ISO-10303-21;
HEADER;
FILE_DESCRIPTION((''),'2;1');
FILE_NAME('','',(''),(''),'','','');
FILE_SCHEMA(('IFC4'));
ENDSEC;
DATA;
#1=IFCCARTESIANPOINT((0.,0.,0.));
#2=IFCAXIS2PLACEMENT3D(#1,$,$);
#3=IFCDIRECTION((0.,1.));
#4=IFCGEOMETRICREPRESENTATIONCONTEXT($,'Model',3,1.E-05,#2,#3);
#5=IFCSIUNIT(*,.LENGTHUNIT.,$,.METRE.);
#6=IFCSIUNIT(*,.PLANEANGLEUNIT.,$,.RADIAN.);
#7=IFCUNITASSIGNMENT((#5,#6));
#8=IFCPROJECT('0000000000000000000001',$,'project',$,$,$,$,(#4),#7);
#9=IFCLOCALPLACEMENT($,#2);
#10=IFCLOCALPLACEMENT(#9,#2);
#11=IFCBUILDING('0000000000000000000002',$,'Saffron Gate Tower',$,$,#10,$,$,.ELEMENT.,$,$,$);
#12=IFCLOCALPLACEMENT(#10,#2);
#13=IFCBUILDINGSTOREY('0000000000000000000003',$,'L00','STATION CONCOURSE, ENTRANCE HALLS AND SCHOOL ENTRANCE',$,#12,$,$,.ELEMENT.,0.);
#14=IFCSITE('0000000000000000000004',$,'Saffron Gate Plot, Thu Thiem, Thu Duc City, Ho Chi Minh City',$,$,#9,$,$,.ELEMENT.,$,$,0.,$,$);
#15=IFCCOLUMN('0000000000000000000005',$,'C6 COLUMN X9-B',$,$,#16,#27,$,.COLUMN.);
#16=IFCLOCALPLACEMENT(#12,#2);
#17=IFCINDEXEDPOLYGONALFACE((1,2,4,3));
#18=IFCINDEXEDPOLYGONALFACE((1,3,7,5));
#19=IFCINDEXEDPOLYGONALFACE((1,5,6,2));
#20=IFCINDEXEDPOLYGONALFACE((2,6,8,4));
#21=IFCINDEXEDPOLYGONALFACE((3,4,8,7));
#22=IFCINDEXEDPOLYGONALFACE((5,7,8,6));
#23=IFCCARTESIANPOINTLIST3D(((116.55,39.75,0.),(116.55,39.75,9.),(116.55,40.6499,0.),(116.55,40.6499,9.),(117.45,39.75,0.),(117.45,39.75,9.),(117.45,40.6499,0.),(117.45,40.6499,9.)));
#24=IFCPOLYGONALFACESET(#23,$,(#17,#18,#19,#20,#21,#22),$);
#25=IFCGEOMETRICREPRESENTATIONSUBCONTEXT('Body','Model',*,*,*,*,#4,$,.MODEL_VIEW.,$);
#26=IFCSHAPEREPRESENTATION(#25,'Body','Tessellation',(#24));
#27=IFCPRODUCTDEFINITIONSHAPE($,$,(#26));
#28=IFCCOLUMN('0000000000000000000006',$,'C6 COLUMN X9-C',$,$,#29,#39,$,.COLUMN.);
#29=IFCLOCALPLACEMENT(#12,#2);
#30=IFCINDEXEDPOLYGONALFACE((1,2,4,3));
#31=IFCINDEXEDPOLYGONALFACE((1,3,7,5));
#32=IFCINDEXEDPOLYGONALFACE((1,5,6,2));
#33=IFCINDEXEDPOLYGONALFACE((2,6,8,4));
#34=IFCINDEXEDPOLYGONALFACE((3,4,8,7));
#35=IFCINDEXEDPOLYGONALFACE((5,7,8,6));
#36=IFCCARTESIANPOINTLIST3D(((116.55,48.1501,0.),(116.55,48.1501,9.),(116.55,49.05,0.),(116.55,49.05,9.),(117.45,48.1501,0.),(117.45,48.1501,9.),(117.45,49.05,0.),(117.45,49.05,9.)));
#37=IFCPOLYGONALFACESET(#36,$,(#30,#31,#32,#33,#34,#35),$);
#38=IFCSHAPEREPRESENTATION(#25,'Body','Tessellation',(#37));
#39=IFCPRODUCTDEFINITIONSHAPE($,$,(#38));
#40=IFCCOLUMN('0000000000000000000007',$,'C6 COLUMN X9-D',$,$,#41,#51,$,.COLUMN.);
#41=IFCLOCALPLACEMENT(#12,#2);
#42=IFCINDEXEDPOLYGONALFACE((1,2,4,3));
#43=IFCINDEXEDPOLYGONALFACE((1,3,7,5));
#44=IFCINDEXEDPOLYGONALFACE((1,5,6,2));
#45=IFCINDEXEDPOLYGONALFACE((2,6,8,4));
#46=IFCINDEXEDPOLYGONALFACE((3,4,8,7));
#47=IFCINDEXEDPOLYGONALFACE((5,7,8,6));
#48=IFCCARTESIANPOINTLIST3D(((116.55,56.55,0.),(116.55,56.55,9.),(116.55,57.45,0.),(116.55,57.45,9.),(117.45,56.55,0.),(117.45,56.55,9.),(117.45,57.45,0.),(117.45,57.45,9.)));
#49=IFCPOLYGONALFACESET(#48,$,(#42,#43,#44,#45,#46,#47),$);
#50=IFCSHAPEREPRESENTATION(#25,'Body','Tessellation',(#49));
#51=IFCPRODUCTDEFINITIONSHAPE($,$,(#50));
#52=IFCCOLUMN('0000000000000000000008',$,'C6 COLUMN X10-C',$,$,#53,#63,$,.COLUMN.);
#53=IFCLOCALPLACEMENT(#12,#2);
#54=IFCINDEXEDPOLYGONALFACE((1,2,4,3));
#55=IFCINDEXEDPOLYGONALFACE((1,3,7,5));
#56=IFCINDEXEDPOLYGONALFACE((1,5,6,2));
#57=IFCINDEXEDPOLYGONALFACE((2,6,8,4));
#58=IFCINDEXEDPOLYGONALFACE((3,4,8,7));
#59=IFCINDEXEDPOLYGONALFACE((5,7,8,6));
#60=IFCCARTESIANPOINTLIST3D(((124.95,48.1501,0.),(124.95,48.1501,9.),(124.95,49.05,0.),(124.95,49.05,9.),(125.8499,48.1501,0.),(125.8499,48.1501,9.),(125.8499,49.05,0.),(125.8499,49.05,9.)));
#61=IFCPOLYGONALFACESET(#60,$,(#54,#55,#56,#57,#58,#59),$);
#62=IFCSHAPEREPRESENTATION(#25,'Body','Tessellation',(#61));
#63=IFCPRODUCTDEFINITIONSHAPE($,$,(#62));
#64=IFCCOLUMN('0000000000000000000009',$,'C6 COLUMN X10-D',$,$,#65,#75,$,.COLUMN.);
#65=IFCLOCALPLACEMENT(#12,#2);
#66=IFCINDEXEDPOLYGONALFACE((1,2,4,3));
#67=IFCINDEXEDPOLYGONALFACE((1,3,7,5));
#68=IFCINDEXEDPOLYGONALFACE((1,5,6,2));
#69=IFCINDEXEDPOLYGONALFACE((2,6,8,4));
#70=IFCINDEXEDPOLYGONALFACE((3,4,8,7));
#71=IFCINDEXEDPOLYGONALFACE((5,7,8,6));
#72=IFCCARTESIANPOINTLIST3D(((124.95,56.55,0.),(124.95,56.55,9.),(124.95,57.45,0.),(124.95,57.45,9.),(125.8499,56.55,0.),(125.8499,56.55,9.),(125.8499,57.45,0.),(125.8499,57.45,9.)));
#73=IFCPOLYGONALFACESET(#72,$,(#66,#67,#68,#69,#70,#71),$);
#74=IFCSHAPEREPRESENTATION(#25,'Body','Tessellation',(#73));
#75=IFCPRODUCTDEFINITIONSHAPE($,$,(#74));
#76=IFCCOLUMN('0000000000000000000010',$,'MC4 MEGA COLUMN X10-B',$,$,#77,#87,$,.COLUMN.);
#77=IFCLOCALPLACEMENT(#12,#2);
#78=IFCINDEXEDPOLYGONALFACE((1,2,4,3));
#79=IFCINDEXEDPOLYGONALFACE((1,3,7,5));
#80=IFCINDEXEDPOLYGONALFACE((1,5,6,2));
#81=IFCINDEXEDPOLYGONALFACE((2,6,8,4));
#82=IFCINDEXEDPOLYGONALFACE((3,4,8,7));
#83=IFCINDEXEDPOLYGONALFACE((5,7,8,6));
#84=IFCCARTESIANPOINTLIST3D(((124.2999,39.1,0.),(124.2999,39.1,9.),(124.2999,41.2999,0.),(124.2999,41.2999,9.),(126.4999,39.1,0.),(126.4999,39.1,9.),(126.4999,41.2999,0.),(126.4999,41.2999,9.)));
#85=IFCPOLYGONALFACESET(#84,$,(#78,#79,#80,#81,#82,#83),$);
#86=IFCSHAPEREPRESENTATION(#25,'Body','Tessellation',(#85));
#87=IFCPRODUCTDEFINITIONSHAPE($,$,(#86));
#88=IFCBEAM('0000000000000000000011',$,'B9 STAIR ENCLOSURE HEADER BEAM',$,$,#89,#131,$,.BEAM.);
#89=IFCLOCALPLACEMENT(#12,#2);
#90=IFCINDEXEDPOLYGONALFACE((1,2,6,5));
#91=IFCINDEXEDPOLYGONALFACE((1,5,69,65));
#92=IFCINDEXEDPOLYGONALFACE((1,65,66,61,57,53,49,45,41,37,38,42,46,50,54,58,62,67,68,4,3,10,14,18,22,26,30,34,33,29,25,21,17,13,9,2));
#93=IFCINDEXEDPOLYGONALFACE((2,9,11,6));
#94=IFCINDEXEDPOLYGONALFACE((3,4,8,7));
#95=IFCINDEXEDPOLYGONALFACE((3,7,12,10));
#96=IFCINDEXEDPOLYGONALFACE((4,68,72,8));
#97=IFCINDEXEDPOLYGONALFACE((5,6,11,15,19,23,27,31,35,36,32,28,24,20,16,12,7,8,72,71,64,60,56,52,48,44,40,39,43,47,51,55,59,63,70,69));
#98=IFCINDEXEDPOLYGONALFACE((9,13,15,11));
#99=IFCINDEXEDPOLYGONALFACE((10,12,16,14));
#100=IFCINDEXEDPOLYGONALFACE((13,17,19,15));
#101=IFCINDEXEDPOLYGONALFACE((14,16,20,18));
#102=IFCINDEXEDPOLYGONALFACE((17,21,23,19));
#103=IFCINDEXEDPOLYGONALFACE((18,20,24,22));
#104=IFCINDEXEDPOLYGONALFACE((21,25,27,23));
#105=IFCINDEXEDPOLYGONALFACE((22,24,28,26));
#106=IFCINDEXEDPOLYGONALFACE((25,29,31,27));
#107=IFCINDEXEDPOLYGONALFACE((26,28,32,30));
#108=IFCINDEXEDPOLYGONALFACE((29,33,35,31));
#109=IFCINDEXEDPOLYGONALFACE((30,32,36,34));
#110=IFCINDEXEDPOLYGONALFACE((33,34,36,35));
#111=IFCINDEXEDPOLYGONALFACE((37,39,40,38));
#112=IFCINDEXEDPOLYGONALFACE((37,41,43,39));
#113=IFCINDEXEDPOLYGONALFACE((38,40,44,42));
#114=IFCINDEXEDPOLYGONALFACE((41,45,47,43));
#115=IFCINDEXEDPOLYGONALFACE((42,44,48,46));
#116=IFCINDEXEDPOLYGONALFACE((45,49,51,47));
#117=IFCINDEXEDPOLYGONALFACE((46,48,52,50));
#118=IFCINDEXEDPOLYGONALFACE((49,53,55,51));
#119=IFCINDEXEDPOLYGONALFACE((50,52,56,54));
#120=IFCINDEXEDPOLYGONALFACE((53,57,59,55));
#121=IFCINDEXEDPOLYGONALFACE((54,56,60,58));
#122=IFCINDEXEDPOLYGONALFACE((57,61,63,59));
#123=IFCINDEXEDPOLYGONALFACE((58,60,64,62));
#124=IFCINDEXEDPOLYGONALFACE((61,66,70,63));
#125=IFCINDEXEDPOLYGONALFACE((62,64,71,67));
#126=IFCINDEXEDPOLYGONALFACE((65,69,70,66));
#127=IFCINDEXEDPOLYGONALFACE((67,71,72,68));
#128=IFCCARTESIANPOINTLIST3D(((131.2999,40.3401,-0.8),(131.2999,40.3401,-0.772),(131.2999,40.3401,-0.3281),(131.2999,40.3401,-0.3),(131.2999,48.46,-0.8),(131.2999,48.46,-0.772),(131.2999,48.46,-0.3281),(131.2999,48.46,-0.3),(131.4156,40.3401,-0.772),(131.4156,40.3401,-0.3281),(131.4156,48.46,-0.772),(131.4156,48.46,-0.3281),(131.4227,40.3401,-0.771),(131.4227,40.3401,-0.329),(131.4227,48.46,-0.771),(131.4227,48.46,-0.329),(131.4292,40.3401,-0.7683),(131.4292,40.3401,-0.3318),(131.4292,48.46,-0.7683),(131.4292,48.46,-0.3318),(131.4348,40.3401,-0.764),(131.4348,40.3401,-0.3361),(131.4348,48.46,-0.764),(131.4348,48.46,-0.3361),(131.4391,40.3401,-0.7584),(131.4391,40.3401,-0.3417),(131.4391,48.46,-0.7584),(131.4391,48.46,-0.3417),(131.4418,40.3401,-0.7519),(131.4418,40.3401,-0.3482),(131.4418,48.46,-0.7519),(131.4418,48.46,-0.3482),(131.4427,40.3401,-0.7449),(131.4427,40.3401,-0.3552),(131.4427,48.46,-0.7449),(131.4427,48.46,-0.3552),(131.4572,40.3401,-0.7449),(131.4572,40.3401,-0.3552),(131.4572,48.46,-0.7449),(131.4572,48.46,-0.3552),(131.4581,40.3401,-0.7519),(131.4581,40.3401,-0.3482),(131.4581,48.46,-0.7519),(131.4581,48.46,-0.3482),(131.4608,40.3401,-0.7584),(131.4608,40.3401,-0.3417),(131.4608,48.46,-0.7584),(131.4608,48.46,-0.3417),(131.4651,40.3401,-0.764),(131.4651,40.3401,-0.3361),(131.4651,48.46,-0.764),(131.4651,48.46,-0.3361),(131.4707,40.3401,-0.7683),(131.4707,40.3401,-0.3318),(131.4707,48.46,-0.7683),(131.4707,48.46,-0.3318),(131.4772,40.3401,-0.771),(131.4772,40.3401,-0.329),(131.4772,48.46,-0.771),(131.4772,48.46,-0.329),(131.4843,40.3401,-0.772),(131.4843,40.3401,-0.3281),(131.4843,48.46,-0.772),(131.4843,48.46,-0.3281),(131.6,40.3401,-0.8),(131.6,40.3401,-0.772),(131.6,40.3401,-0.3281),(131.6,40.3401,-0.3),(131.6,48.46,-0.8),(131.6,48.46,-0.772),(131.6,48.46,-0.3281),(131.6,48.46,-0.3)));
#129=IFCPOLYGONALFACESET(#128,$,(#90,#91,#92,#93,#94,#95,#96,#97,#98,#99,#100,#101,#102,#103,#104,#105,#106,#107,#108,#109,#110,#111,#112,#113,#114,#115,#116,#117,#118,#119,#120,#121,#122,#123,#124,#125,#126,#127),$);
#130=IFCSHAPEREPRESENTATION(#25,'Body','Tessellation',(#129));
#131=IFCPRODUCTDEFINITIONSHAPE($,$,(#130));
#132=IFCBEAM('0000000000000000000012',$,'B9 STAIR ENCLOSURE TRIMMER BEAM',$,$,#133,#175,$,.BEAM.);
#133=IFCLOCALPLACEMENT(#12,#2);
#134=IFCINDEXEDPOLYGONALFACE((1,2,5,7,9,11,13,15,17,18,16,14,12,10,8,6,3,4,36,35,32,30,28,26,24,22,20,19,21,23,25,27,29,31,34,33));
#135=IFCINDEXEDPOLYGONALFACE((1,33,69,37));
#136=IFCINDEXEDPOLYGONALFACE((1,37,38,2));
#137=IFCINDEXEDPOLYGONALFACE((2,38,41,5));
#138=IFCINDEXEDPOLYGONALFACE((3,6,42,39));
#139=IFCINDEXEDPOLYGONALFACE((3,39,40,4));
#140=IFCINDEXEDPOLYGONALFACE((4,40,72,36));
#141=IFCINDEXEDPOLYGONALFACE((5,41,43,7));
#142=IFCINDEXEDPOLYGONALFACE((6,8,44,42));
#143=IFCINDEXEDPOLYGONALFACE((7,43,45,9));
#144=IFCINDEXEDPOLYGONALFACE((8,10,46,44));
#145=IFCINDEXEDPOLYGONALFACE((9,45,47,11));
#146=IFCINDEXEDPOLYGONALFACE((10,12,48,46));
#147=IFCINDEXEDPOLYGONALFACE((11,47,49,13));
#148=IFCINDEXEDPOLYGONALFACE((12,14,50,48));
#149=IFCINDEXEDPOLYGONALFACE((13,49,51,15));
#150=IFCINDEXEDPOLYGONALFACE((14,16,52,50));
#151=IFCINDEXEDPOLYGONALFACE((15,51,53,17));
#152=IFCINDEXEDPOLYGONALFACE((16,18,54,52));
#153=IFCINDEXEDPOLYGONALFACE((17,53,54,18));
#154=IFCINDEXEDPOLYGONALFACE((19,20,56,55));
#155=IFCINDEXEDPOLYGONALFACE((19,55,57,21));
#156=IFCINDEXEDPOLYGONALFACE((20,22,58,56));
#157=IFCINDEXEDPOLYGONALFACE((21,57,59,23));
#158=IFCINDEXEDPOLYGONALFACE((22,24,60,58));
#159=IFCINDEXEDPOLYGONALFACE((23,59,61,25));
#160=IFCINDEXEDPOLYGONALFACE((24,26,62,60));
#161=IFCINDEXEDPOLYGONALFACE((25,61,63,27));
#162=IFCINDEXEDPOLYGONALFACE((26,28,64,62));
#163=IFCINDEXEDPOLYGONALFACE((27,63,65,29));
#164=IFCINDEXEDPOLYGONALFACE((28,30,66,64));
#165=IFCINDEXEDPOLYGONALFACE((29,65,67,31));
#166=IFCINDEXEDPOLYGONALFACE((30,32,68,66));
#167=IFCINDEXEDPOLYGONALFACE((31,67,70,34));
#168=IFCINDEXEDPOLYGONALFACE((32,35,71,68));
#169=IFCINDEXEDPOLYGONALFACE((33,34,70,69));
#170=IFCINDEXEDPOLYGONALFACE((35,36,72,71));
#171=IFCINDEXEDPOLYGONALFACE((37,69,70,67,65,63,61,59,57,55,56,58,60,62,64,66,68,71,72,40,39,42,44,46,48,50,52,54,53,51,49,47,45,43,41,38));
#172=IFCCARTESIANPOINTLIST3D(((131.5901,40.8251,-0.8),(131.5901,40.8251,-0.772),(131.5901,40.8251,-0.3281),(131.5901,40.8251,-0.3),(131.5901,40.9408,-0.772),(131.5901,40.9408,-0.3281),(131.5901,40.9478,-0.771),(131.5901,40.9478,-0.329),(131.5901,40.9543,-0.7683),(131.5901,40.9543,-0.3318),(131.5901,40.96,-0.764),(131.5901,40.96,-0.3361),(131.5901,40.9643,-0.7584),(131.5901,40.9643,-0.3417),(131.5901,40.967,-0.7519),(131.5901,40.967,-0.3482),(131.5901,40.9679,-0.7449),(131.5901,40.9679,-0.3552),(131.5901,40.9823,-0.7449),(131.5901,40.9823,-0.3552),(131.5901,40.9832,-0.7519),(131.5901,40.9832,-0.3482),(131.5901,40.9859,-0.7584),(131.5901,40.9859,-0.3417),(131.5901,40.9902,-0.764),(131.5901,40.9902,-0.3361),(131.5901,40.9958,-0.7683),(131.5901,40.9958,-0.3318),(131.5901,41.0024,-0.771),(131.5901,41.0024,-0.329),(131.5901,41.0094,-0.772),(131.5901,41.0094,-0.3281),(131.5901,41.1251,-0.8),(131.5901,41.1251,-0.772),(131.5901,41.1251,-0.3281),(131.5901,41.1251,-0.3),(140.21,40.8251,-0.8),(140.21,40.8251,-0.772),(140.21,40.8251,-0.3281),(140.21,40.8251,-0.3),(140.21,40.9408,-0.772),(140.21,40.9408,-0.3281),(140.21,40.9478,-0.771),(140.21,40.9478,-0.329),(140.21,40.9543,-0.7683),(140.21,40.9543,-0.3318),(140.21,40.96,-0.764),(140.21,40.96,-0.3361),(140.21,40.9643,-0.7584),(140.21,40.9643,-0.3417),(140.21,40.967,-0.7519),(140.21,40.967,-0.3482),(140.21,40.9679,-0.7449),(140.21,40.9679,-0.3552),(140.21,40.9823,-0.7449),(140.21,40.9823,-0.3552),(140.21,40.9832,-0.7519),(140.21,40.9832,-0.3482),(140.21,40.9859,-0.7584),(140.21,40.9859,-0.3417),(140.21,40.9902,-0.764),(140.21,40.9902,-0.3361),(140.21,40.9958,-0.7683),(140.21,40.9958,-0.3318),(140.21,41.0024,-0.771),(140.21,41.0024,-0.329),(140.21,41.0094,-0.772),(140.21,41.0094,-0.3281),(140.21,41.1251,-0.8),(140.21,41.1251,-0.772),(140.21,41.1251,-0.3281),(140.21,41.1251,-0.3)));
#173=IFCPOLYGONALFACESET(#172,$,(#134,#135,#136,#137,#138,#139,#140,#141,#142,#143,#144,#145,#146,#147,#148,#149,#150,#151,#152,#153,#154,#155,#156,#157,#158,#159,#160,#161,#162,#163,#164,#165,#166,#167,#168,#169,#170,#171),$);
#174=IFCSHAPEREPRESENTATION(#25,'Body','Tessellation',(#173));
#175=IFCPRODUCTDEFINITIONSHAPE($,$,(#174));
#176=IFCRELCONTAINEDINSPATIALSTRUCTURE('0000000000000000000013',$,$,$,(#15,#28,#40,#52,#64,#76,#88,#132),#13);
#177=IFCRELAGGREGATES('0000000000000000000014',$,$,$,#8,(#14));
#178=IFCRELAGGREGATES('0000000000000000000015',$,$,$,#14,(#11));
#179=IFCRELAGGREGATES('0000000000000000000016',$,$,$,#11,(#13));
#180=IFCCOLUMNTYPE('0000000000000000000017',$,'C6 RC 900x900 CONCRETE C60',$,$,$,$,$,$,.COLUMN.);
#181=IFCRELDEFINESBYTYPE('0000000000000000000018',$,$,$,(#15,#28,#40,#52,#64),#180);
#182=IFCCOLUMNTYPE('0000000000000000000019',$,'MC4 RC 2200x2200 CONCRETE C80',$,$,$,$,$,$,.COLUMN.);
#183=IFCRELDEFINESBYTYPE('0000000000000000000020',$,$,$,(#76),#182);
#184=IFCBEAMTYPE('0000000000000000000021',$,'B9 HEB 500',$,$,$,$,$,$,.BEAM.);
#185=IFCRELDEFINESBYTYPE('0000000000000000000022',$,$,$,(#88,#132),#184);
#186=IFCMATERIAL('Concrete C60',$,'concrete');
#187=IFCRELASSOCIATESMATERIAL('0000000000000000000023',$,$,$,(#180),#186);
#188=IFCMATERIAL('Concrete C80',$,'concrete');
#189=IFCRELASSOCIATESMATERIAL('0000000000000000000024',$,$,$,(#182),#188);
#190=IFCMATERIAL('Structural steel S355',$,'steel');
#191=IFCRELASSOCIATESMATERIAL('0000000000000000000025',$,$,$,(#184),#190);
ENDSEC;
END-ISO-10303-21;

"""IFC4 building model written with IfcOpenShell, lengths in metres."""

from ifc_helpers import new_model, si_unit, direction, frame, origin, origin_2d, place, context, subcontext, project, spatial, rectangle, i_section, extrude, material, material_profile, profile_set, type_object, element, save


model = new_model("IFC4")

# Units and contexts
model_context = context("Model", 3, precision=1e-05, world=origin(), true_north=direction((0.0, 1.0)))
body_context = subcontext(model_context, "Body", "Model", "MODEL_VIEW")
ifc_project = project(units=[si_unit("LENGTHUNIT", "METRE"), si_unit("PLANEANGLEUNIT", "RADIAN")], contexts=[model_context])

# Site, building, storey
site_placement = place(None, origin())
site = spatial("IfcSite", under=ifc_project, at=site_placement, Name="Saffron Gate Plot, Thu Thiem, Thu Duc City, Ho Chi Minh City", CompositionType="ELEMENT", RefElevation=0.0)
building_placement = place(site_placement, origin())
building = spatial("IfcBuilding", under=site, at=building_placement, Name="Saffron Gate Tower", CompositionType="ELEMENT")
storey_placement = place(building_placement, origin())
storey = spatial("IfcBuildingStorey", under=building, at=storey_placement, Name="L00", Description="STATION CONCOURSE, ENTRANCE HALLS AND SCHOOL ENTRANCE", CompositionType="ELEMENT", Elevation=0.0)

# Columns
ifc_material_1 = material(Name="Concrete C60", Category="concrete")
ifc_material_profile_1 = material_profile(ifc_material_1, rectangle(XDim=0.8999, YDim=0.8999, at=origin_2d()))
ifc_profile_set_1 = profile_set([ifc_material_profile_1], Name="Concrete C60")
column_type_1 = type_object("IfcColumnType", Name="C6 RC 900x900 CONCRETE C60", PredefinedType="COLUMN", material=ifc_profile_set_1)
for number, where, z_axis, x_axis, name in (
    (1, (117.0, 40.2, 0.0), (0.0, 0.0, 1.0), (1.0, 0.0, 0.0), "C6 COLUMN X9-B"),
    (2, (117.0, 48.6001, 0.0), (0.0, 0.0, 1.0), (1.0, 0.0, 0.0), "C6 COLUMN X9-C"),
    (3, (117.0, 57.0, 0.0), (0.0, 0.0, 1.0), (1.0, 0.0, 0.0), "C6 COLUMN X9-D"),
    (4, (125.3999, 48.6001, 0.0), (0.0, 0.0, 1.0), (1.0, 0.0, 0.0), "C6 COLUMN X10-C"),
    (5, (125.3999, 57.0, 0.0), (0.0, 0.0, 1.0), (1.0, 0.0, 0.0), "C6 COLUMN X10-D"),
):
    element("IfcColumn", number, at=place(storey_placement, frame(where, z_axis=z_axis, x_axis=x_axis)), inside=storey, type_object=column_type_1, Name=name, PredefinedType="COLUMN", context=body_context, shape_type="SweptSolid", body=[
        extrude(rectangle(XDim=0.8999, YDim=0.8999, at=origin_2d()), origin(), (0.0, 0.0, 1.0), 9.0),
    ])
ifc_material_2 = material(Name="Concrete C80", Category="concrete")
ifc_material_profile_2 = material_profile(ifc_material_2, rectangle(XDim=2.2, YDim=2.2, at=origin_2d()))
ifc_profile_set_2 = profile_set([ifc_material_profile_2], Name="Concrete C80")
column_type_2 = type_object("IfcColumnType", Name="MC4 RC 2200x2200 CONCRETE C80", PredefinedType="COLUMN", material=ifc_profile_set_2)
column_placement = place(storey_placement, frame((125.3999, 40.2, 0.0), z_axis=(0.0, 0.0, 1.0), x_axis=(1.0, 0.0, 0.0)))
element("IfcColumn", 6, at=column_placement, inside=storey, type_object=column_type_2, Name="MC4 MEGA COLUMN X10-B", PredefinedType="COLUMN", context=body_context, shape_type="SweptSolid", body=[
    extrude(rectangle(XDim=2.2, YDim=2.2, at=origin_2d()), origin(), (0.0, 0.0, 1.0), 9.0),
])

# Beams
ifc_material_3 = material(Name="Structural steel S355", Category="steel")
ifc_material_profile_3 = material_profile(ifc_material_3, i_section(OverallWidth=0.3, OverallDepth=0.5, WebThickness=0.0144, FlangeThickness=0.0281, FilletRadius=0.0271, at=origin_2d()))
ifc_profile_set_3 = profile_set([ifc_material_profile_3], Name="Structural steel S355")
beam_type = type_object("IfcBeamType", Name="B9 HEB 500", PredefinedType="BEAM", material=ifc_profile_set_3)
beam_placement = place(storey_placement, frame((131.45, 40.3401, -0.55), z_axis=(0.0, 1.0, 0.0), x_axis=(-1.0, 0.0, 0.0)))
element("IfcBeam", 7, at=beam_placement, inside=storey, type_object=beam_type, Name="B9 STAIR ENCLOSURE HEADER BEAM", PredefinedType="BEAM", context=body_context, shape_type="SweptSolid", body=[
    extrude(i_section(OverallWidth=0.3, OverallDepth=0.5, WebThickness=0.0144, FlangeThickness=0.0281, FilletRadius=0.0271, at=origin_2d()), origin(), (0.0, 0.0, 1.0), 8.1199),
])
for number, where, z_axis, x_axis, name in (
    (8, (131.5901, 40.9751, -0.55), (1.0, 0.0, 0.0), (0.0, 1.0, 0.0), "B9 STAIR ENCLOSURE TRIMMER BEAM"),
):
    element("IfcBeam", number, at=place(storey_placement, frame(where, z_axis=z_axis, x_axis=x_axis)), inside=storey, type_object=beam_type, Name=name, PredefinedType="BEAM", context=body_context, shape_type="SweptSolid", body=[
        extrude(i_section(OverallWidth=0.3, OverallDepth=0.5, WebThickness=0.0144, FlangeThickness=0.0281, FilletRadius=0.0271, at=origin_2d()), origin(), (0.0, 0.0, 1.0), 8.6199),
    ])

save(model, "model.ifc")
